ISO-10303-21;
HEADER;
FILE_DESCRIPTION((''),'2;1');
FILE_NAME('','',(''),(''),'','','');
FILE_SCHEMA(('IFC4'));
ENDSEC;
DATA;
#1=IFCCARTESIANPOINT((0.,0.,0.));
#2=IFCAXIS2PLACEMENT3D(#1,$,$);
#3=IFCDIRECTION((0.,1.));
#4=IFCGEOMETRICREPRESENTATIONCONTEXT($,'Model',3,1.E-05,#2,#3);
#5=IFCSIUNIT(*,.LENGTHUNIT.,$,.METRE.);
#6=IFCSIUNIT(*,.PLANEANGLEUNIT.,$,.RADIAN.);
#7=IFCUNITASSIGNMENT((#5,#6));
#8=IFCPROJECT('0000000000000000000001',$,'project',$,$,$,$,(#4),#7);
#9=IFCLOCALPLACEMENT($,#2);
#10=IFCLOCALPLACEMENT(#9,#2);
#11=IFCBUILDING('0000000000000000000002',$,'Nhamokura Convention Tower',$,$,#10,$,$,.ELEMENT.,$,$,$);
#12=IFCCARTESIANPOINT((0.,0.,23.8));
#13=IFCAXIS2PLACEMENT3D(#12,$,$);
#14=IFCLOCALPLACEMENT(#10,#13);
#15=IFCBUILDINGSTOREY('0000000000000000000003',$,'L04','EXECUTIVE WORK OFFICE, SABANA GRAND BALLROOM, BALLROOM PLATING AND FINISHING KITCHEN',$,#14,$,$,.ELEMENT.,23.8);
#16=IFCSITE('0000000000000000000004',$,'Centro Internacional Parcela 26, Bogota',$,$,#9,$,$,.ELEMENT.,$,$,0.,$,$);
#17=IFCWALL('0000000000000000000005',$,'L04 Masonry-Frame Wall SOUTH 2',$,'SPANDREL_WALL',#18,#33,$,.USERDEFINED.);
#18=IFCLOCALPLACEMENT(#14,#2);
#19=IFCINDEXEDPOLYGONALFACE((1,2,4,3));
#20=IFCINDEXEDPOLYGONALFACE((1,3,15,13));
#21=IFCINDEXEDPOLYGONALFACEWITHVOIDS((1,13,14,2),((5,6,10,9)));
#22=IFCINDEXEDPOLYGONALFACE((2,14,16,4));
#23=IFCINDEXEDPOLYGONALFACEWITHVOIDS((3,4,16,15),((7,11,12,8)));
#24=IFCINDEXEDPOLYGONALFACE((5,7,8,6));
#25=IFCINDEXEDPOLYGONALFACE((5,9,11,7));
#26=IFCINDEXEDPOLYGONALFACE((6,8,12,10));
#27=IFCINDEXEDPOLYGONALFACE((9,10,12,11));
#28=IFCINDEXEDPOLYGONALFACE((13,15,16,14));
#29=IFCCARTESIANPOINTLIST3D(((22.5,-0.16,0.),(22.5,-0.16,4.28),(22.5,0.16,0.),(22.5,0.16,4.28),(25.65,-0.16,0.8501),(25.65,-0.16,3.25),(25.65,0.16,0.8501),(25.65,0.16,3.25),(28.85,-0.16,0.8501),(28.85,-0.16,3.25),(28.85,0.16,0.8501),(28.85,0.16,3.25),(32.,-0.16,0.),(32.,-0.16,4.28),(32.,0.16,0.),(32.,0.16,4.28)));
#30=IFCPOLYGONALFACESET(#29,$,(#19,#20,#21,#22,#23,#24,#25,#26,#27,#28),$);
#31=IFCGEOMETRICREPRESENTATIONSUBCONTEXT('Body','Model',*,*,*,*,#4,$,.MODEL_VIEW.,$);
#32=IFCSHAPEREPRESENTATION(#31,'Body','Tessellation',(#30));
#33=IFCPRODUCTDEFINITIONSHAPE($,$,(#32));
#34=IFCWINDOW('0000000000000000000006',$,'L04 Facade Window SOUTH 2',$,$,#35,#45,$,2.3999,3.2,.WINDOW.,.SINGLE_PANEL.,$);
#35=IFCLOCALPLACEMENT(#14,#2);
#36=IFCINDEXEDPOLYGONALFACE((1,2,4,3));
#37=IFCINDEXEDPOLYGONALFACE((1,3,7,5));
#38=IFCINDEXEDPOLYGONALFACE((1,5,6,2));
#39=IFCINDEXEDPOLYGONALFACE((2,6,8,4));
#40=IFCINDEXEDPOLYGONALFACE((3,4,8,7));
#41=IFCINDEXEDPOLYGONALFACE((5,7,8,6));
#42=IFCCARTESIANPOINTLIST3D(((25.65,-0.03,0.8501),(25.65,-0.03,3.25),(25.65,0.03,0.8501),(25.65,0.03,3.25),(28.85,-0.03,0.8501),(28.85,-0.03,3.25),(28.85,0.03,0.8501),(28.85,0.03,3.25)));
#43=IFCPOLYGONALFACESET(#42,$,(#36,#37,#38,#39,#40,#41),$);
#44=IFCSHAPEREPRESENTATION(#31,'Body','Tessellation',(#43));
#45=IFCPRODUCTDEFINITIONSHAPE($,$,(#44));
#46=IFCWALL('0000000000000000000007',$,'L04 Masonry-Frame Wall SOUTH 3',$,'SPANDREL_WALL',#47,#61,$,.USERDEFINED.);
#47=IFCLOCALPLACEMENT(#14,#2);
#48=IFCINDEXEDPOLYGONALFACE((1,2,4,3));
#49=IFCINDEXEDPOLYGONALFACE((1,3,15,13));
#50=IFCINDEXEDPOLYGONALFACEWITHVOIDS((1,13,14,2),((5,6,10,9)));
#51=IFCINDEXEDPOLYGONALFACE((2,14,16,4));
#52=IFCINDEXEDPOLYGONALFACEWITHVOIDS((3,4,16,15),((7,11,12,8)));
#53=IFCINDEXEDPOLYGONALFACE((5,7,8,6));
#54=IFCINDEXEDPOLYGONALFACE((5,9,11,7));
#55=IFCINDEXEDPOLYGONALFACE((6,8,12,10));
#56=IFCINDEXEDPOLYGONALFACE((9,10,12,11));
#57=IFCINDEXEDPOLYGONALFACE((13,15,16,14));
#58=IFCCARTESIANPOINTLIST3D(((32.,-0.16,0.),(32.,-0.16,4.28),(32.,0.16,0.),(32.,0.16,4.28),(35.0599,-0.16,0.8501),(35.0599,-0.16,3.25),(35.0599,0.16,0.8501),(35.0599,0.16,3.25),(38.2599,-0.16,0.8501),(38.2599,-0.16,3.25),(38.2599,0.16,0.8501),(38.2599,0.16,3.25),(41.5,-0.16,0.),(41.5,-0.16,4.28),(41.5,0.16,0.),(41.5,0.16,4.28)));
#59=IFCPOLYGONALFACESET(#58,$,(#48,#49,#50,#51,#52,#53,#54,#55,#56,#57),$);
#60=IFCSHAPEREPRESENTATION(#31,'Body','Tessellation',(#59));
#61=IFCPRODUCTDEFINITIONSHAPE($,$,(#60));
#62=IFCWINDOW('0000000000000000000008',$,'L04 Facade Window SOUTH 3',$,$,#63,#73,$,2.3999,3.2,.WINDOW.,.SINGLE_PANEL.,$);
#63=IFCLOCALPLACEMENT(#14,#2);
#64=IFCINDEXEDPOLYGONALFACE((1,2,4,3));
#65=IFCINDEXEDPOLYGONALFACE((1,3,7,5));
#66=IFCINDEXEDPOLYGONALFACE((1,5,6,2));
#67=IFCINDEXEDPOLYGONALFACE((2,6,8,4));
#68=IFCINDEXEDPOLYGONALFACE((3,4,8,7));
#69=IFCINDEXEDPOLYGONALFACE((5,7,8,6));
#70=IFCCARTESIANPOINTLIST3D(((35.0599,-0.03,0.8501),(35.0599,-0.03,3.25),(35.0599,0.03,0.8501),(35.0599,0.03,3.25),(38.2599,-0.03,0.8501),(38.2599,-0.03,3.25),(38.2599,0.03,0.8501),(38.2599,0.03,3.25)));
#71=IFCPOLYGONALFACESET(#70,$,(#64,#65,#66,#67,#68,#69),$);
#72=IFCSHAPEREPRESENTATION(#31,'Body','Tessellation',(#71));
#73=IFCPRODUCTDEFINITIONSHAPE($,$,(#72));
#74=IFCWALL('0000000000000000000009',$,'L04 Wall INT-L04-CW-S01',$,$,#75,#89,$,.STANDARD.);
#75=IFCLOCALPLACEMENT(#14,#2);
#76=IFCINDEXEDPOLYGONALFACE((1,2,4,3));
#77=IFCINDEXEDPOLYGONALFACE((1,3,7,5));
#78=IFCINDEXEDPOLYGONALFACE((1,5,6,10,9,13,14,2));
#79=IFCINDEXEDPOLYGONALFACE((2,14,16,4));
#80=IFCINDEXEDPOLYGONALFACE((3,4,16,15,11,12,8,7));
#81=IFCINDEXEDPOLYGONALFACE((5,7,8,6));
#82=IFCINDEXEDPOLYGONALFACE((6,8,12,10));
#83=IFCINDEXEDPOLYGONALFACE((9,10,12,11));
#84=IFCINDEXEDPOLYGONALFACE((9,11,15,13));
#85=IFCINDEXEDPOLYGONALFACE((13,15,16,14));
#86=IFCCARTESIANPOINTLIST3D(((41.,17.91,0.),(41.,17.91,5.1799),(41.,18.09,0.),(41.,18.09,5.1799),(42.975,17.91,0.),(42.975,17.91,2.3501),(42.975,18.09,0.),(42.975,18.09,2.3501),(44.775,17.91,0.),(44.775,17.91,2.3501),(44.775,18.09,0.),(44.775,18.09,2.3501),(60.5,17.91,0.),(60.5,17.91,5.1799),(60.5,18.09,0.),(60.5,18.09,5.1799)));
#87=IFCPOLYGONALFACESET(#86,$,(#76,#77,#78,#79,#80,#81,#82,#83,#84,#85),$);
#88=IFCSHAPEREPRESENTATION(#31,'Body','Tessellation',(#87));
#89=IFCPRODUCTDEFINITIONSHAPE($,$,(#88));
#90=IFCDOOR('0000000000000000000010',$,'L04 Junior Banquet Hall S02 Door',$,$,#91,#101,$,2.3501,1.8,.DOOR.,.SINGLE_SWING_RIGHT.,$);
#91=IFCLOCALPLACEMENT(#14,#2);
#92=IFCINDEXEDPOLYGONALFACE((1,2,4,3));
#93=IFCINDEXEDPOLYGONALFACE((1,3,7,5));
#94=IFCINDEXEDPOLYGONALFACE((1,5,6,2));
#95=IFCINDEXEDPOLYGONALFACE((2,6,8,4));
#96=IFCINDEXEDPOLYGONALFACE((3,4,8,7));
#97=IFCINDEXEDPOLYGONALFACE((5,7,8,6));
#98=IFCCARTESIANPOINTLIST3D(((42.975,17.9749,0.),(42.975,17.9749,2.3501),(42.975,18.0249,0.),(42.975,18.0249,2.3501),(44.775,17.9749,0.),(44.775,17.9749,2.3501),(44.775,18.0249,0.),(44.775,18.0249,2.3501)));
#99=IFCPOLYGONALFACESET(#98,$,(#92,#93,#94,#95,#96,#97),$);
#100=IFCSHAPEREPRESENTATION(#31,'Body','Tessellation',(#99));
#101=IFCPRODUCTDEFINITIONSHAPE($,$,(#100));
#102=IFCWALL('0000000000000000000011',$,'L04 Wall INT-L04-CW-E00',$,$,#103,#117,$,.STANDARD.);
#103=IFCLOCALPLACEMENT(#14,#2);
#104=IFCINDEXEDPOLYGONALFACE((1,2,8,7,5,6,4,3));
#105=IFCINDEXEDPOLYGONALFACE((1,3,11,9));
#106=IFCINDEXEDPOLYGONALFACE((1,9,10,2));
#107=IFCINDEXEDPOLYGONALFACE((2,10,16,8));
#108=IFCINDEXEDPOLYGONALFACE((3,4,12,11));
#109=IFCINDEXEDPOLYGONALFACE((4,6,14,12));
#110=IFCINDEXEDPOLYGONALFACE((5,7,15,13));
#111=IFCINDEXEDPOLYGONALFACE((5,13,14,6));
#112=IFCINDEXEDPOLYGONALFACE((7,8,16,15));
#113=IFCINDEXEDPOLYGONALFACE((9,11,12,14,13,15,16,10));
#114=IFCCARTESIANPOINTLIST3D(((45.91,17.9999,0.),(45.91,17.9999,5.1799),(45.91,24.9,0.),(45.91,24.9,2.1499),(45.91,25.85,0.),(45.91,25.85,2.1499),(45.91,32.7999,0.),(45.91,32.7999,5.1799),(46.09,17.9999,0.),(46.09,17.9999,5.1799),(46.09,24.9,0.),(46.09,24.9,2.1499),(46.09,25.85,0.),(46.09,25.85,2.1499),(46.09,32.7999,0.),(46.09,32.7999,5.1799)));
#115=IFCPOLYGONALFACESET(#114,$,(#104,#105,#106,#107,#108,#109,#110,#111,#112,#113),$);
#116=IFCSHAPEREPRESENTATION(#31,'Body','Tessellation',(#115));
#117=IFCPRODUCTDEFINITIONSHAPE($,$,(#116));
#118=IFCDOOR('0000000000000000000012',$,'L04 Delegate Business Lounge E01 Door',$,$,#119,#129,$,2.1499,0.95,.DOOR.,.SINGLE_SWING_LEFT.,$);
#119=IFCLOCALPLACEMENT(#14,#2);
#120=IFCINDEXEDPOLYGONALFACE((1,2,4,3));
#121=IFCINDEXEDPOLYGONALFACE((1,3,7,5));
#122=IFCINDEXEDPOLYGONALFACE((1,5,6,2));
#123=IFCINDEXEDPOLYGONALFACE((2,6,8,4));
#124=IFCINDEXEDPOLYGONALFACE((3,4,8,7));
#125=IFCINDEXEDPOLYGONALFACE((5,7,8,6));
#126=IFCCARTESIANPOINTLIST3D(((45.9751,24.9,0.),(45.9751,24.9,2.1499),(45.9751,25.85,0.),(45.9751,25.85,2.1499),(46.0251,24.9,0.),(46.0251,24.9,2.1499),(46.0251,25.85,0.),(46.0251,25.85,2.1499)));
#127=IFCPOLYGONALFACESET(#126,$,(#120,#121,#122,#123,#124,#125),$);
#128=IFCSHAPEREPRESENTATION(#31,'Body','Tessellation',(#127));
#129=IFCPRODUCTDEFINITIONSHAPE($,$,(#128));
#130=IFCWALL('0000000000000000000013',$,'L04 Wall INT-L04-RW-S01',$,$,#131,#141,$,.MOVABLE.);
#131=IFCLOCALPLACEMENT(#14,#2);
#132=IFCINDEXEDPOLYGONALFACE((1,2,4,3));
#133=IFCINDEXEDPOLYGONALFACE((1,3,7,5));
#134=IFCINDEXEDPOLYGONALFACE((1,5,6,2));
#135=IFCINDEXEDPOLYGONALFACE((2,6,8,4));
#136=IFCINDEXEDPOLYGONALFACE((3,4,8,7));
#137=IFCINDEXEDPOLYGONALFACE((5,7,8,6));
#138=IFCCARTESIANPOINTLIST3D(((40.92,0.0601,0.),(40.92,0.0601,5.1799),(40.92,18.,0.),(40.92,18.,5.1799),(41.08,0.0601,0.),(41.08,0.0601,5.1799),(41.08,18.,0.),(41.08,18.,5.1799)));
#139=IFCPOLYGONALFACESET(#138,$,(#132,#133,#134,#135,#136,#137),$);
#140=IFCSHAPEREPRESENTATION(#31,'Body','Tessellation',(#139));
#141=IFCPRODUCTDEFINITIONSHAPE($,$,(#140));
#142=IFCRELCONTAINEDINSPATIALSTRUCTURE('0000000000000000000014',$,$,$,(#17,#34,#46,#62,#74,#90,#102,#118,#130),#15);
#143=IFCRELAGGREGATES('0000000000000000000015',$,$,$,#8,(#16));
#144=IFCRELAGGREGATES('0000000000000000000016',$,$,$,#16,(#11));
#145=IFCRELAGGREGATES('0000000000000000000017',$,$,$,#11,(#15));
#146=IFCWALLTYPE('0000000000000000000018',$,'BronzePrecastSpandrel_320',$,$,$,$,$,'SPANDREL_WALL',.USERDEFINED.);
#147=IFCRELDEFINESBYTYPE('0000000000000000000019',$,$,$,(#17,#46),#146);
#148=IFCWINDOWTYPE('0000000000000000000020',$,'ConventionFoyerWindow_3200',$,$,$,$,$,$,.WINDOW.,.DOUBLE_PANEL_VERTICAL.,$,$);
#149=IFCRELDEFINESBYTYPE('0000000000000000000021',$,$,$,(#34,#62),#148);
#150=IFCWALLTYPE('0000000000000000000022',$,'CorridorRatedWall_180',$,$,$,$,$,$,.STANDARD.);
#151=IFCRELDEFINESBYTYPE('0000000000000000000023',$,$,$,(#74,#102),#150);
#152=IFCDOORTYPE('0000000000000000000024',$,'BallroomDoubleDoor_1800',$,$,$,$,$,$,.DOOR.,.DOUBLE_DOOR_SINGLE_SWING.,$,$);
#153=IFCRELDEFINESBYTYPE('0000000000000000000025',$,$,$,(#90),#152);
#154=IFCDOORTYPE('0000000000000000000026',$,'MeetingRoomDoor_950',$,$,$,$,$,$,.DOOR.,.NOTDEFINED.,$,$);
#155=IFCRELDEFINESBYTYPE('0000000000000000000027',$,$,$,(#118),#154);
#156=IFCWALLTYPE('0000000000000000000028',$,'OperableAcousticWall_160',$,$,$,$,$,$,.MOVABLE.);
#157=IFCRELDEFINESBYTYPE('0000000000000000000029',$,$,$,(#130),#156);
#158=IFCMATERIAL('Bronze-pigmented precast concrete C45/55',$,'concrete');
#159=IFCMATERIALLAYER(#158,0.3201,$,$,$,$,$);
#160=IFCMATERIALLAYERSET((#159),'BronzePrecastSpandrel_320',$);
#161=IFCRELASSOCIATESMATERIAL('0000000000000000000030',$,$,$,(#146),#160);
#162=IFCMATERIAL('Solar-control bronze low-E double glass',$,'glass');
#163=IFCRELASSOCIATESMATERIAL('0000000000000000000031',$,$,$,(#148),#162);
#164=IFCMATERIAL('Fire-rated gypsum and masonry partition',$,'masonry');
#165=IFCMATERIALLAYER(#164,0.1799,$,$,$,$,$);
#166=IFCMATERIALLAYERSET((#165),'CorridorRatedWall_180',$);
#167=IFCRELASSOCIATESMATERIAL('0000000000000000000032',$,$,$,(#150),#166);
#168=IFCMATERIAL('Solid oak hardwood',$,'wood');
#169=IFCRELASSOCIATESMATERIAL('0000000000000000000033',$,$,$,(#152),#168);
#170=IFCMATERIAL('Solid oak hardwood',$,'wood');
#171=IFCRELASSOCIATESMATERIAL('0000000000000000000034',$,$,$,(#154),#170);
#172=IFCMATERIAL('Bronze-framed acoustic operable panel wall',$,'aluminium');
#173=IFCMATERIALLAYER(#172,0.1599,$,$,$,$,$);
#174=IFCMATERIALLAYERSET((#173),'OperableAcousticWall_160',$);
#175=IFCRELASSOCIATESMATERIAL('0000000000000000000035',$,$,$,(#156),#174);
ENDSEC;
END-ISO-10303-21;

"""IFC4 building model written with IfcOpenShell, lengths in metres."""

from ifc_helpers import new_model, si_unit, direction, frame, frame_2d, origin, place, context, subcontext, project, spatial, rectangle, extrude, material, layer, layer_set, type_object, element, fill, save


model = new_model("IFC4")

# Units and contexts
model_context = context("Model", 3, precision=1e-05, world=origin(), true_north=direction((0.0, 1.0)))
body_context = subcontext(model_context, "Body", "Model", "MODEL_VIEW")
ifc_project = project(units=[si_unit("LENGTHUNIT", "METRE"), si_unit("PLANEANGLEUNIT", "RADIAN")], contexts=[model_context])

# Site, building, storey
site_placement = place(None, origin())
site = spatial("IfcSite", under=ifc_project, at=site_placement, Name="Centro Internacional Parcela 26, Bogota", CompositionType="ELEMENT", RefElevation=0.0)
building_placement = place(site_placement, origin())
building = spatial("IfcBuilding", under=site, at=building_placement, Name="Nhamokura Convention Tower", CompositionType="ELEMENT")
storey_placement = place(building_placement, frame((0.0, 0.0, 23.8)))
storey = spatial("IfcBuildingStorey", under=building, at=storey_placement, Name="L04", Description="EXECUTIVE WORK OFFICE, SABANA GRAND BALLROOM, BALLROOM PLATING AND FINISHING KITCHEN", CompositionType="ELEMENT", Elevation=23.8)

# Walls, openings, windows
ifc_material_1 = material(Name="Bronze-pigmented precast concrete C45/55", Category="concrete")
ifc_layer_1 = layer(ifc_material_1, 0.3201)
ifc_layer_set_1 = layer_set([ifc_layer_1], Name="BronzePrecastSpandrel_320")
wall_type_1 = type_object("IfcWallType", Name="BronzePrecastSpandrel_320", ElementType="SPANDREL_WALL", PredefinedType="USERDEFINED", material=ifc_layer_set_1)
wall_1_placement = place(storey_placement, frame((32.0, 0.0, 0.0), z_axis=(0.0, 0.0, 1.0), x_axis=(-1.0, 0.0, 0.0)))
wall_1 = element("IfcWall", 1, at=wall_1_placement, inside=storey, type_object=wall_type_1, Name="L04 Masonry-Frame Wall SOUTH 2", ObjectType="SPANDREL_WALL", PredefinedType="USERDEFINED", context=body_context, shape_type="SweptSolid", body=[
    extrude(rectangle(XDim=9.5, YDim=0.3201, at=frame_2d((4.75, 0.0))), origin(), (0.0, 0.0, 1.0), 4.28),
])
opening_1_placement = place(wall_1_placement, frame((3.1499, 0.0, 0.8501)))
opening_1 = element("IfcOpeningElement", 2, at=opening_1_placement, cuts=wall_1, PredefinedType="OPENING", context=body_context, shape_type="SweptSolid", body=[
    extrude(rectangle(XDim=3.2, YDim=2.3999, at=frame_2d((1.6001, 1.2))), frame((0.0, 0.1699, 0.0), z_axis=(0.0, -1.0, 0.0), x_axis=(1.0, 0.0, 0.0)), (0.0, 0.0, 1.0), 0.3401),
])
ifc_material_2 = material(Name="Solar-control bronze low-E double glass", Category="glass")
window_type = type_object("IfcWindowType", Name="ConventionFoyerWindow_3200", PartitioningType="DOUBLE_PANEL_VERTICAL", PredefinedType="WINDOW", material=ifc_material_2)
window_1_placement = place(opening_1_placement, origin())
window_1 = element("IfcWindow", 3, at=window_1_placement, inside=storey, type_object=window_type, Name="L04 Facade Window SOUTH 2", OverallHeight=2.3999, OverallWidth=3.2, PartitioningType="SINGLE_PANEL", PredefinedType="WINDOW", context=body_context, shape_type="SweptSolid", body=[
    extrude(rectangle(XDim=3.2, YDim=2.3999, at=frame_2d((1.6001, 1.2))), frame((0.0, 0.03, 0.0), z_axis=(0.0, -1.0, 0.0), x_axis=(1.0, 0.0, 0.0)), (0.0, 0.0, 1.0), 0.0601),
])
fill(opening_1, window_1)
wall_2_placement = place(storey_placement, frame((41.5, 0.0, 0.0), z_axis=(0.0, 0.0, 1.0), x_axis=(-1.0, 0.0, 0.0)))
wall_2 = element("IfcWall", 4, at=wall_2_placement, inside=storey, type_object=wall_type_1, Name="L04 Masonry-Frame Wall SOUTH 3", ObjectType="SPANDREL_WALL", PredefinedType="USERDEFINED", context=body_context, shape_type="SweptSolid", body=[
    extrude(rectangle(XDim=9.5, YDim=0.3201, at=frame_2d((4.75, 0.0))), origin(), (0.0, 0.0, 1.0), 4.28),
])
opening_2_placement = place(wall_2_placement, frame((3.24, 0.0, 0.8501)))
opening_2 = element("IfcOpeningElement", 5, at=opening_2_placement, cuts=wall_2, PredefinedType="OPENING", context=body_context, shape_type="SweptSolid", body=[
    extrude(rectangle(XDim=3.2, YDim=2.3999, at=frame_2d((1.6001, 1.2))), frame((0.0, 0.1699, 0.0), z_axis=(0.0, -1.0, 0.0), x_axis=(1.0, 0.0, 0.0)), (0.0, 0.0, 1.0), 0.3401),
])
window_2_placement = place(opening_2_placement, origin())
window_2 = element("IfcWindow", 6, at=window_2_placement, inside=storey, type_object=window_type, Name="L04 Facade Window SOUTH 3", OverallHeight=2.3999, OverallWidth=3.2, PartitioningType="SINGLE_PANEL", PredefinedType="WINDOW", context=body_context, shape_type="SweptSolid", body=[
    extrude(rectangle(XDim=3.2, YDim=2.3999, at=frame_2d((1.6001, 1.2))), frame((0.0, 0.03, 0.0), z_axis=(0.0, -1.0, 0.0), x_axis=(1.0, 0.0, 0.0)), (0.0, 0.0, 1.0), 0.0601),
])
fill(opening_2, window_2)

# Walls, openings, doors
ifc_material_3 = material(Name="Fire-rated gypsum and masonry partition", Category="masonry")
ifc_layer_2 = layer(ifc_material_3, 0.1799)
ifc_layer_set_2 = layer_set([ifc_layer_2], Name="CorridorRatedWall_180")
wall_type_2 = type_object("IfcWallType", Name="CorridorRatedWall_180", PredefinedType="STANDARD", material=ifc_layer_set_2)
wall_3_placement = place(storey_placement, frame((41.0, 18.0, 0.0), z_axis=(0.0, 0.0, 1.0), x_axis=(1.0, 0.0, 0.0)))
wall_3 = element("IfcWall", 7, at=wall_3_placement, inside=storey, type_object=wall_type_2, Name="L04 Wall INT-L04-CW-S01", PredefinedType="STANDARD", context=body_context, shape_type="SweptSolid", body=[
    extrude(rectangle(XDim=19.5, YDim=0.1799, at=frame_2d((9.75, 0.0))), origin(), (0.0, 0.0, 1.0), 5.1799),
])
opening_3_placement = place(wall_3_placement, frame((1.9751, 0.0, 0.0)))
opening_3 = element("IfcOpeningElement", 8, at=opening_3_placement, cuts=wall_3, PredefinedType="OPENING", context=body_context, shape_type="SweptSolid", body=[
    extrude(rectangle(XDim=1.8, YDim=2.3501, at=frame_2d((0.8999, 1.175))), frame((0.0, 0.0999, 0.0), z_axis=(0.0, -1.0, 0.0), x_axis=(1.0, 0.0, 0.0)), (0.0, 0.0, 1.0), 0.2),
])
ifc_material_4 = material(Name="Solid oak hardwood", Category="wood")
door_type_1 = type_object("IfcDoorType", Name="BallroomDoubleDoor_1800", OperationType="DOUBLE_DOOR_SINGLE_SWING", PredefinedType="DOOR", material=ifc_material_4)
door_1_placement = place(opening_3_placement, origin())
door_1 = element("IfcDoor", 9, at=door_1_placement, inside=storey, type_object=door_type_1, Name="L04 Junior Banquet Hall S02 Door", OperationType="SINGLE_SWING_RIGHT", OverallHeight=2.3501, OverallWidth=1.8, PredefinedType="DOOR", context=body_context, shape_type="SweptSolid", body=[
    extrude(rectangle(XDim=1.8, YDim=2.3501, at=frame_2d((0.8999, 1.175))), frame((0.0, 0.0249, 0.0), z_axis=(0.0, -1.0, 0.0), x_axis=(1.0, 0.0, 0.0)), (0.0, 0.0, 1.0), 0.05),
])
fill(opening_3, door_1)
wall_4_placement = place(storey_placement, frame((46.0, 18.0, 0.0), z_axis=(0.0, 0.0, 1.0), x_axis=(0.0, 1.0, 0.0)))
wall_4 = element("IfcWall", 10, at=wall_4_placement, inside=storey, type_object=wall_type_2, Name="L04 Wall INT-L04-CW-E00", PredefinedType="STANDARD", context=body_context, shape_type="SweptSolid", body=[
    extrude(rectangle(XDim=14.8, YDim=0.1799, at=frame_2d((7.3999, 0.0))), origin(), (0.0, 0.0, 1.0), 5.1799),
])
opening_4_placement = place(wall_4_placement, frame((6.8999, 0.0, 0.0)))
opening_4 = element("IfcOpeningElement", 11, at=opening_4_placement, cuts=wall_4, PredefinedType="OPENING", context=body_context, shape_type="SweptSolid", body=[
    extrude(rectangle(XDim=0.95, YDim=2.1499, at=frame_2d((0.4751, 1.075))), frame((0.0, 0.0999, 0.0), z_axis=(0.0, -1.0, 0.0), x_axis=(1.0, 0.0, 0.0)), (0.0, 0.0, 1.0), 0.2),
])
ifc_material_5 = material(Name="Solid oak hardwood", Category="wood")
door_type_2 = type_object("IfcDoorType", Name="MeetingRoomDoor_950", OperationType="NOTDEFINED", PredefinedType="DOOR", material=ifc_material_5)
door_2_placement = place(opening_4_placement, origin())
door_2 = element("IfcDoor", 12, at=door_2_placement, inside=storey, type_object=door_type_2, Name="L04 Delegate Business Lounge E01 Door", OperationType="SINGLE_SWING_LEFT", OverallHeight=2.1499, OverallWidth=0.95, PredefinedType="DOOR", context=body_context, shape_type="SweptSolid", body=[
    extrude(rectangle(XDim=0.95, YDim=2.1499, at=frame_2d((0.4751, 1.075))), frame((0.0, 0.0249, 0.0), z_axis=(0.0, -1.0, 0.0), x_axis=(1.0, 0.0, 0.0)), (0.0, 0.0, 1.0), 0.05),
])
fill(opening_4, door_2)

# Wall
ifc_material_6 = material(Name="Bronze-framed acoustic operable panel wall", Category="aluminium")
ifc_layer_3 = layer(ifc_material_6, 0.1599)
ifc_layer_set_3 = layer_set([ifc_layer_3], Name="OperableAcousticWall_160")
wall_type_3 = type_object("IfcWallType", Name="OperableAcousticWall_160", PredefinedType="MOVABLE", material=ifc_layer_set_3)
wall_5_placement = place(storey_placement, frame((41.0, 0.0601, 0.0), z_axis=(0.0, 0.0, 1.0), x_axis=(0.0, 1.0, 0.0)))
element("IfcWall", 13, at=wall_5_placement, inside=storey, type_object=wall_type_3, Name="L04 Wall INT-L04-RW-S01", PredefinedType="MOVABLE", context=body_context, shape_type="SweptSolid", body=[
    extrude(rectangle(XDim=17.9399, YDim=0.1599, at=frame_2d((8.97, 0.0))), origin(), (0.0, 0.0, 1.0), 5.1799),
])

save(model, "model.ifc")
